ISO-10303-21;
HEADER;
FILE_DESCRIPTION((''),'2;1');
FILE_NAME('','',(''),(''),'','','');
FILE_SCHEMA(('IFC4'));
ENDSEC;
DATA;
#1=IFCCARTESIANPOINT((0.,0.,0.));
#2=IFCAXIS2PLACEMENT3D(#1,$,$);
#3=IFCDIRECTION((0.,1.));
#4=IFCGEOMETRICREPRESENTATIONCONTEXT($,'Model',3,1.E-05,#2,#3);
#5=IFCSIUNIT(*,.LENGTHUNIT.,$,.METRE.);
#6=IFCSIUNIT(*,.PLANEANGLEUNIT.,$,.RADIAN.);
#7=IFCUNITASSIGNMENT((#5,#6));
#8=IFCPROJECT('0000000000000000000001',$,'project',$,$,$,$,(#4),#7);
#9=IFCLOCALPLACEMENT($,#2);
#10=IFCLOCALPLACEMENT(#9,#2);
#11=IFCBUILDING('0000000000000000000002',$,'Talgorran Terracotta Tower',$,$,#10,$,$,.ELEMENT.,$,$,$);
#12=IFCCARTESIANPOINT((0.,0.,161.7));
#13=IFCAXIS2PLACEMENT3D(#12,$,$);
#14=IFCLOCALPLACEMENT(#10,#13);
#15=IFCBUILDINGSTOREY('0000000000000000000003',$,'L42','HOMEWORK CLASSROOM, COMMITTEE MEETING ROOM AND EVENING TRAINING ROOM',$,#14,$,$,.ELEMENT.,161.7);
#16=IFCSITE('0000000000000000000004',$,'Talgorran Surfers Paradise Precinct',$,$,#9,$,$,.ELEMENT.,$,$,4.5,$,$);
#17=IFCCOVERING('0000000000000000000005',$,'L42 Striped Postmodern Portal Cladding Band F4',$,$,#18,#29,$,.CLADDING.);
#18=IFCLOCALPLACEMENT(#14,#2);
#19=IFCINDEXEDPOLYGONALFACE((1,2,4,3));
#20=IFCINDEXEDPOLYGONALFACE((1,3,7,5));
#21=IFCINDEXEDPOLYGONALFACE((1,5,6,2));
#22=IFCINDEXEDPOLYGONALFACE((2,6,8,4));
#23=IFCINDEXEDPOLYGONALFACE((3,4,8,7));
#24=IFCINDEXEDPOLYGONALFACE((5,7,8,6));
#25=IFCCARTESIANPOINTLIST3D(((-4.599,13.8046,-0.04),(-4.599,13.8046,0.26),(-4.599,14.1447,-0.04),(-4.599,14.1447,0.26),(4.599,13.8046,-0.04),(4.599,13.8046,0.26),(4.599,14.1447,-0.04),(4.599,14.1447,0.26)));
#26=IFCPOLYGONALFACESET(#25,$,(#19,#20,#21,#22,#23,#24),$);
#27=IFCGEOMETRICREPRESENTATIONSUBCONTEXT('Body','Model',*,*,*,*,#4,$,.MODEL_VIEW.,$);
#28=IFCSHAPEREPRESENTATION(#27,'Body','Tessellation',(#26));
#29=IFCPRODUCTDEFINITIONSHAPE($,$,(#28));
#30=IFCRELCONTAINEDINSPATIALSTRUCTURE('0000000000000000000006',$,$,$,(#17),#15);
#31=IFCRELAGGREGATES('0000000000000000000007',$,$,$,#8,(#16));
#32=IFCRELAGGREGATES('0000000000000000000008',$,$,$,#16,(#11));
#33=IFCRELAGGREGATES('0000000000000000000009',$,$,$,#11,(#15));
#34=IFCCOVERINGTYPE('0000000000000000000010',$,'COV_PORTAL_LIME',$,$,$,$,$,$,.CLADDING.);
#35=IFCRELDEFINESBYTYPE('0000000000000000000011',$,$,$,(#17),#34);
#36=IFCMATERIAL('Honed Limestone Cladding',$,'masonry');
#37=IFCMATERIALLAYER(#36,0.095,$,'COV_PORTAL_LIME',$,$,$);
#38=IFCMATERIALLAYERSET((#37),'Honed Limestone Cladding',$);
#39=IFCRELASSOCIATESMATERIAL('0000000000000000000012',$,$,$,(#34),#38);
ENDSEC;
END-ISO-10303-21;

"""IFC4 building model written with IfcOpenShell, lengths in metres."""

from ifc_helpers import new_model, si_unit, direction, frame, origin, origin_2d, place, context, subcontext, project, spatial, rectangle, extrude, material, layer, layer_set, type_object, element, save


model = new_model("IFC4")

# Units and contexts
model_context = context("Model", 3, precision=1e-05, world=origin(), true_north=direction((0.0, 1.0)))
body_context = subcontext(model_context, "Body", "Model", "MODEL_VIEW")
ifc_project = project(units=[si_unit("LENGTHUNIT", "METRE"), si_unit("PLANEANGLEUNIT", "RADIAN")], contexts=[model_context])

# Site, building, storey
site_placement = place(None, origin())
site = spatial("IfcSite", under=ifc_project, at=site_placement, Name="Talgorran Surfers Paradise Precinct", CompositionType="ELEMENT", RefElevation=4.5)
building_placement = place(site_placement, origin())
building = spatial("IfcBuilding", under=site, at=building_placement, Name="Talgorran Terracotta Tower", CompositionType="ELEMENT")
storey_placement = place(building_placement, frame((0.0, 0.0, 161.7)))
storey = spatial("IfcBuildingStorey", under=building, at=storey_placement, Name="L42", Description="HOMEWORK CLASSROOM, COMMITTEE MEETING ROOM AND EVENING TRAINING ROOM", CompositionType="ELEMENT", Elevation=161.7)

# Covering
ifc_material_1 = material(Name="Honed Limestone Cladding", Category="masonry")
ifc_layer_1 = layer(ifc_material_1, 0.095, Name="COV_PORTAL_LIME")
ifc_layer_set_1 = layer_set([ifc_layer_1], Name="Honed Limestone Cladding")
covering_type_1 = type_object("IfcCoveringType", Name="COV_PORTAL_LIME", PredefinedType="CLADDING", material=ifc_layer_set_1)
covering_1_placement = place(storey_placement, frame((0.0, 13.9746, -0.04), z_axis=(0.0, 0.0, 1.0), x_axis=(-1.0, 0.0, 0.0)))
element("IfcCovering", 1, at=covering_1_placement, inside=storey, type_object=covering_type_1, Name="L42 Striped Postmodern Portal Cladding Band F4", PredefinedType="CLADDING", context=body_context, shape_type="SweptSolid", body=[
    extrude(rectangle(XDim=9.198, YDim=0.3401, at=origin_2d()), origin(), (0.0, 0.0, 1.0), 0.3),
])

save(model, "model.ifc")
